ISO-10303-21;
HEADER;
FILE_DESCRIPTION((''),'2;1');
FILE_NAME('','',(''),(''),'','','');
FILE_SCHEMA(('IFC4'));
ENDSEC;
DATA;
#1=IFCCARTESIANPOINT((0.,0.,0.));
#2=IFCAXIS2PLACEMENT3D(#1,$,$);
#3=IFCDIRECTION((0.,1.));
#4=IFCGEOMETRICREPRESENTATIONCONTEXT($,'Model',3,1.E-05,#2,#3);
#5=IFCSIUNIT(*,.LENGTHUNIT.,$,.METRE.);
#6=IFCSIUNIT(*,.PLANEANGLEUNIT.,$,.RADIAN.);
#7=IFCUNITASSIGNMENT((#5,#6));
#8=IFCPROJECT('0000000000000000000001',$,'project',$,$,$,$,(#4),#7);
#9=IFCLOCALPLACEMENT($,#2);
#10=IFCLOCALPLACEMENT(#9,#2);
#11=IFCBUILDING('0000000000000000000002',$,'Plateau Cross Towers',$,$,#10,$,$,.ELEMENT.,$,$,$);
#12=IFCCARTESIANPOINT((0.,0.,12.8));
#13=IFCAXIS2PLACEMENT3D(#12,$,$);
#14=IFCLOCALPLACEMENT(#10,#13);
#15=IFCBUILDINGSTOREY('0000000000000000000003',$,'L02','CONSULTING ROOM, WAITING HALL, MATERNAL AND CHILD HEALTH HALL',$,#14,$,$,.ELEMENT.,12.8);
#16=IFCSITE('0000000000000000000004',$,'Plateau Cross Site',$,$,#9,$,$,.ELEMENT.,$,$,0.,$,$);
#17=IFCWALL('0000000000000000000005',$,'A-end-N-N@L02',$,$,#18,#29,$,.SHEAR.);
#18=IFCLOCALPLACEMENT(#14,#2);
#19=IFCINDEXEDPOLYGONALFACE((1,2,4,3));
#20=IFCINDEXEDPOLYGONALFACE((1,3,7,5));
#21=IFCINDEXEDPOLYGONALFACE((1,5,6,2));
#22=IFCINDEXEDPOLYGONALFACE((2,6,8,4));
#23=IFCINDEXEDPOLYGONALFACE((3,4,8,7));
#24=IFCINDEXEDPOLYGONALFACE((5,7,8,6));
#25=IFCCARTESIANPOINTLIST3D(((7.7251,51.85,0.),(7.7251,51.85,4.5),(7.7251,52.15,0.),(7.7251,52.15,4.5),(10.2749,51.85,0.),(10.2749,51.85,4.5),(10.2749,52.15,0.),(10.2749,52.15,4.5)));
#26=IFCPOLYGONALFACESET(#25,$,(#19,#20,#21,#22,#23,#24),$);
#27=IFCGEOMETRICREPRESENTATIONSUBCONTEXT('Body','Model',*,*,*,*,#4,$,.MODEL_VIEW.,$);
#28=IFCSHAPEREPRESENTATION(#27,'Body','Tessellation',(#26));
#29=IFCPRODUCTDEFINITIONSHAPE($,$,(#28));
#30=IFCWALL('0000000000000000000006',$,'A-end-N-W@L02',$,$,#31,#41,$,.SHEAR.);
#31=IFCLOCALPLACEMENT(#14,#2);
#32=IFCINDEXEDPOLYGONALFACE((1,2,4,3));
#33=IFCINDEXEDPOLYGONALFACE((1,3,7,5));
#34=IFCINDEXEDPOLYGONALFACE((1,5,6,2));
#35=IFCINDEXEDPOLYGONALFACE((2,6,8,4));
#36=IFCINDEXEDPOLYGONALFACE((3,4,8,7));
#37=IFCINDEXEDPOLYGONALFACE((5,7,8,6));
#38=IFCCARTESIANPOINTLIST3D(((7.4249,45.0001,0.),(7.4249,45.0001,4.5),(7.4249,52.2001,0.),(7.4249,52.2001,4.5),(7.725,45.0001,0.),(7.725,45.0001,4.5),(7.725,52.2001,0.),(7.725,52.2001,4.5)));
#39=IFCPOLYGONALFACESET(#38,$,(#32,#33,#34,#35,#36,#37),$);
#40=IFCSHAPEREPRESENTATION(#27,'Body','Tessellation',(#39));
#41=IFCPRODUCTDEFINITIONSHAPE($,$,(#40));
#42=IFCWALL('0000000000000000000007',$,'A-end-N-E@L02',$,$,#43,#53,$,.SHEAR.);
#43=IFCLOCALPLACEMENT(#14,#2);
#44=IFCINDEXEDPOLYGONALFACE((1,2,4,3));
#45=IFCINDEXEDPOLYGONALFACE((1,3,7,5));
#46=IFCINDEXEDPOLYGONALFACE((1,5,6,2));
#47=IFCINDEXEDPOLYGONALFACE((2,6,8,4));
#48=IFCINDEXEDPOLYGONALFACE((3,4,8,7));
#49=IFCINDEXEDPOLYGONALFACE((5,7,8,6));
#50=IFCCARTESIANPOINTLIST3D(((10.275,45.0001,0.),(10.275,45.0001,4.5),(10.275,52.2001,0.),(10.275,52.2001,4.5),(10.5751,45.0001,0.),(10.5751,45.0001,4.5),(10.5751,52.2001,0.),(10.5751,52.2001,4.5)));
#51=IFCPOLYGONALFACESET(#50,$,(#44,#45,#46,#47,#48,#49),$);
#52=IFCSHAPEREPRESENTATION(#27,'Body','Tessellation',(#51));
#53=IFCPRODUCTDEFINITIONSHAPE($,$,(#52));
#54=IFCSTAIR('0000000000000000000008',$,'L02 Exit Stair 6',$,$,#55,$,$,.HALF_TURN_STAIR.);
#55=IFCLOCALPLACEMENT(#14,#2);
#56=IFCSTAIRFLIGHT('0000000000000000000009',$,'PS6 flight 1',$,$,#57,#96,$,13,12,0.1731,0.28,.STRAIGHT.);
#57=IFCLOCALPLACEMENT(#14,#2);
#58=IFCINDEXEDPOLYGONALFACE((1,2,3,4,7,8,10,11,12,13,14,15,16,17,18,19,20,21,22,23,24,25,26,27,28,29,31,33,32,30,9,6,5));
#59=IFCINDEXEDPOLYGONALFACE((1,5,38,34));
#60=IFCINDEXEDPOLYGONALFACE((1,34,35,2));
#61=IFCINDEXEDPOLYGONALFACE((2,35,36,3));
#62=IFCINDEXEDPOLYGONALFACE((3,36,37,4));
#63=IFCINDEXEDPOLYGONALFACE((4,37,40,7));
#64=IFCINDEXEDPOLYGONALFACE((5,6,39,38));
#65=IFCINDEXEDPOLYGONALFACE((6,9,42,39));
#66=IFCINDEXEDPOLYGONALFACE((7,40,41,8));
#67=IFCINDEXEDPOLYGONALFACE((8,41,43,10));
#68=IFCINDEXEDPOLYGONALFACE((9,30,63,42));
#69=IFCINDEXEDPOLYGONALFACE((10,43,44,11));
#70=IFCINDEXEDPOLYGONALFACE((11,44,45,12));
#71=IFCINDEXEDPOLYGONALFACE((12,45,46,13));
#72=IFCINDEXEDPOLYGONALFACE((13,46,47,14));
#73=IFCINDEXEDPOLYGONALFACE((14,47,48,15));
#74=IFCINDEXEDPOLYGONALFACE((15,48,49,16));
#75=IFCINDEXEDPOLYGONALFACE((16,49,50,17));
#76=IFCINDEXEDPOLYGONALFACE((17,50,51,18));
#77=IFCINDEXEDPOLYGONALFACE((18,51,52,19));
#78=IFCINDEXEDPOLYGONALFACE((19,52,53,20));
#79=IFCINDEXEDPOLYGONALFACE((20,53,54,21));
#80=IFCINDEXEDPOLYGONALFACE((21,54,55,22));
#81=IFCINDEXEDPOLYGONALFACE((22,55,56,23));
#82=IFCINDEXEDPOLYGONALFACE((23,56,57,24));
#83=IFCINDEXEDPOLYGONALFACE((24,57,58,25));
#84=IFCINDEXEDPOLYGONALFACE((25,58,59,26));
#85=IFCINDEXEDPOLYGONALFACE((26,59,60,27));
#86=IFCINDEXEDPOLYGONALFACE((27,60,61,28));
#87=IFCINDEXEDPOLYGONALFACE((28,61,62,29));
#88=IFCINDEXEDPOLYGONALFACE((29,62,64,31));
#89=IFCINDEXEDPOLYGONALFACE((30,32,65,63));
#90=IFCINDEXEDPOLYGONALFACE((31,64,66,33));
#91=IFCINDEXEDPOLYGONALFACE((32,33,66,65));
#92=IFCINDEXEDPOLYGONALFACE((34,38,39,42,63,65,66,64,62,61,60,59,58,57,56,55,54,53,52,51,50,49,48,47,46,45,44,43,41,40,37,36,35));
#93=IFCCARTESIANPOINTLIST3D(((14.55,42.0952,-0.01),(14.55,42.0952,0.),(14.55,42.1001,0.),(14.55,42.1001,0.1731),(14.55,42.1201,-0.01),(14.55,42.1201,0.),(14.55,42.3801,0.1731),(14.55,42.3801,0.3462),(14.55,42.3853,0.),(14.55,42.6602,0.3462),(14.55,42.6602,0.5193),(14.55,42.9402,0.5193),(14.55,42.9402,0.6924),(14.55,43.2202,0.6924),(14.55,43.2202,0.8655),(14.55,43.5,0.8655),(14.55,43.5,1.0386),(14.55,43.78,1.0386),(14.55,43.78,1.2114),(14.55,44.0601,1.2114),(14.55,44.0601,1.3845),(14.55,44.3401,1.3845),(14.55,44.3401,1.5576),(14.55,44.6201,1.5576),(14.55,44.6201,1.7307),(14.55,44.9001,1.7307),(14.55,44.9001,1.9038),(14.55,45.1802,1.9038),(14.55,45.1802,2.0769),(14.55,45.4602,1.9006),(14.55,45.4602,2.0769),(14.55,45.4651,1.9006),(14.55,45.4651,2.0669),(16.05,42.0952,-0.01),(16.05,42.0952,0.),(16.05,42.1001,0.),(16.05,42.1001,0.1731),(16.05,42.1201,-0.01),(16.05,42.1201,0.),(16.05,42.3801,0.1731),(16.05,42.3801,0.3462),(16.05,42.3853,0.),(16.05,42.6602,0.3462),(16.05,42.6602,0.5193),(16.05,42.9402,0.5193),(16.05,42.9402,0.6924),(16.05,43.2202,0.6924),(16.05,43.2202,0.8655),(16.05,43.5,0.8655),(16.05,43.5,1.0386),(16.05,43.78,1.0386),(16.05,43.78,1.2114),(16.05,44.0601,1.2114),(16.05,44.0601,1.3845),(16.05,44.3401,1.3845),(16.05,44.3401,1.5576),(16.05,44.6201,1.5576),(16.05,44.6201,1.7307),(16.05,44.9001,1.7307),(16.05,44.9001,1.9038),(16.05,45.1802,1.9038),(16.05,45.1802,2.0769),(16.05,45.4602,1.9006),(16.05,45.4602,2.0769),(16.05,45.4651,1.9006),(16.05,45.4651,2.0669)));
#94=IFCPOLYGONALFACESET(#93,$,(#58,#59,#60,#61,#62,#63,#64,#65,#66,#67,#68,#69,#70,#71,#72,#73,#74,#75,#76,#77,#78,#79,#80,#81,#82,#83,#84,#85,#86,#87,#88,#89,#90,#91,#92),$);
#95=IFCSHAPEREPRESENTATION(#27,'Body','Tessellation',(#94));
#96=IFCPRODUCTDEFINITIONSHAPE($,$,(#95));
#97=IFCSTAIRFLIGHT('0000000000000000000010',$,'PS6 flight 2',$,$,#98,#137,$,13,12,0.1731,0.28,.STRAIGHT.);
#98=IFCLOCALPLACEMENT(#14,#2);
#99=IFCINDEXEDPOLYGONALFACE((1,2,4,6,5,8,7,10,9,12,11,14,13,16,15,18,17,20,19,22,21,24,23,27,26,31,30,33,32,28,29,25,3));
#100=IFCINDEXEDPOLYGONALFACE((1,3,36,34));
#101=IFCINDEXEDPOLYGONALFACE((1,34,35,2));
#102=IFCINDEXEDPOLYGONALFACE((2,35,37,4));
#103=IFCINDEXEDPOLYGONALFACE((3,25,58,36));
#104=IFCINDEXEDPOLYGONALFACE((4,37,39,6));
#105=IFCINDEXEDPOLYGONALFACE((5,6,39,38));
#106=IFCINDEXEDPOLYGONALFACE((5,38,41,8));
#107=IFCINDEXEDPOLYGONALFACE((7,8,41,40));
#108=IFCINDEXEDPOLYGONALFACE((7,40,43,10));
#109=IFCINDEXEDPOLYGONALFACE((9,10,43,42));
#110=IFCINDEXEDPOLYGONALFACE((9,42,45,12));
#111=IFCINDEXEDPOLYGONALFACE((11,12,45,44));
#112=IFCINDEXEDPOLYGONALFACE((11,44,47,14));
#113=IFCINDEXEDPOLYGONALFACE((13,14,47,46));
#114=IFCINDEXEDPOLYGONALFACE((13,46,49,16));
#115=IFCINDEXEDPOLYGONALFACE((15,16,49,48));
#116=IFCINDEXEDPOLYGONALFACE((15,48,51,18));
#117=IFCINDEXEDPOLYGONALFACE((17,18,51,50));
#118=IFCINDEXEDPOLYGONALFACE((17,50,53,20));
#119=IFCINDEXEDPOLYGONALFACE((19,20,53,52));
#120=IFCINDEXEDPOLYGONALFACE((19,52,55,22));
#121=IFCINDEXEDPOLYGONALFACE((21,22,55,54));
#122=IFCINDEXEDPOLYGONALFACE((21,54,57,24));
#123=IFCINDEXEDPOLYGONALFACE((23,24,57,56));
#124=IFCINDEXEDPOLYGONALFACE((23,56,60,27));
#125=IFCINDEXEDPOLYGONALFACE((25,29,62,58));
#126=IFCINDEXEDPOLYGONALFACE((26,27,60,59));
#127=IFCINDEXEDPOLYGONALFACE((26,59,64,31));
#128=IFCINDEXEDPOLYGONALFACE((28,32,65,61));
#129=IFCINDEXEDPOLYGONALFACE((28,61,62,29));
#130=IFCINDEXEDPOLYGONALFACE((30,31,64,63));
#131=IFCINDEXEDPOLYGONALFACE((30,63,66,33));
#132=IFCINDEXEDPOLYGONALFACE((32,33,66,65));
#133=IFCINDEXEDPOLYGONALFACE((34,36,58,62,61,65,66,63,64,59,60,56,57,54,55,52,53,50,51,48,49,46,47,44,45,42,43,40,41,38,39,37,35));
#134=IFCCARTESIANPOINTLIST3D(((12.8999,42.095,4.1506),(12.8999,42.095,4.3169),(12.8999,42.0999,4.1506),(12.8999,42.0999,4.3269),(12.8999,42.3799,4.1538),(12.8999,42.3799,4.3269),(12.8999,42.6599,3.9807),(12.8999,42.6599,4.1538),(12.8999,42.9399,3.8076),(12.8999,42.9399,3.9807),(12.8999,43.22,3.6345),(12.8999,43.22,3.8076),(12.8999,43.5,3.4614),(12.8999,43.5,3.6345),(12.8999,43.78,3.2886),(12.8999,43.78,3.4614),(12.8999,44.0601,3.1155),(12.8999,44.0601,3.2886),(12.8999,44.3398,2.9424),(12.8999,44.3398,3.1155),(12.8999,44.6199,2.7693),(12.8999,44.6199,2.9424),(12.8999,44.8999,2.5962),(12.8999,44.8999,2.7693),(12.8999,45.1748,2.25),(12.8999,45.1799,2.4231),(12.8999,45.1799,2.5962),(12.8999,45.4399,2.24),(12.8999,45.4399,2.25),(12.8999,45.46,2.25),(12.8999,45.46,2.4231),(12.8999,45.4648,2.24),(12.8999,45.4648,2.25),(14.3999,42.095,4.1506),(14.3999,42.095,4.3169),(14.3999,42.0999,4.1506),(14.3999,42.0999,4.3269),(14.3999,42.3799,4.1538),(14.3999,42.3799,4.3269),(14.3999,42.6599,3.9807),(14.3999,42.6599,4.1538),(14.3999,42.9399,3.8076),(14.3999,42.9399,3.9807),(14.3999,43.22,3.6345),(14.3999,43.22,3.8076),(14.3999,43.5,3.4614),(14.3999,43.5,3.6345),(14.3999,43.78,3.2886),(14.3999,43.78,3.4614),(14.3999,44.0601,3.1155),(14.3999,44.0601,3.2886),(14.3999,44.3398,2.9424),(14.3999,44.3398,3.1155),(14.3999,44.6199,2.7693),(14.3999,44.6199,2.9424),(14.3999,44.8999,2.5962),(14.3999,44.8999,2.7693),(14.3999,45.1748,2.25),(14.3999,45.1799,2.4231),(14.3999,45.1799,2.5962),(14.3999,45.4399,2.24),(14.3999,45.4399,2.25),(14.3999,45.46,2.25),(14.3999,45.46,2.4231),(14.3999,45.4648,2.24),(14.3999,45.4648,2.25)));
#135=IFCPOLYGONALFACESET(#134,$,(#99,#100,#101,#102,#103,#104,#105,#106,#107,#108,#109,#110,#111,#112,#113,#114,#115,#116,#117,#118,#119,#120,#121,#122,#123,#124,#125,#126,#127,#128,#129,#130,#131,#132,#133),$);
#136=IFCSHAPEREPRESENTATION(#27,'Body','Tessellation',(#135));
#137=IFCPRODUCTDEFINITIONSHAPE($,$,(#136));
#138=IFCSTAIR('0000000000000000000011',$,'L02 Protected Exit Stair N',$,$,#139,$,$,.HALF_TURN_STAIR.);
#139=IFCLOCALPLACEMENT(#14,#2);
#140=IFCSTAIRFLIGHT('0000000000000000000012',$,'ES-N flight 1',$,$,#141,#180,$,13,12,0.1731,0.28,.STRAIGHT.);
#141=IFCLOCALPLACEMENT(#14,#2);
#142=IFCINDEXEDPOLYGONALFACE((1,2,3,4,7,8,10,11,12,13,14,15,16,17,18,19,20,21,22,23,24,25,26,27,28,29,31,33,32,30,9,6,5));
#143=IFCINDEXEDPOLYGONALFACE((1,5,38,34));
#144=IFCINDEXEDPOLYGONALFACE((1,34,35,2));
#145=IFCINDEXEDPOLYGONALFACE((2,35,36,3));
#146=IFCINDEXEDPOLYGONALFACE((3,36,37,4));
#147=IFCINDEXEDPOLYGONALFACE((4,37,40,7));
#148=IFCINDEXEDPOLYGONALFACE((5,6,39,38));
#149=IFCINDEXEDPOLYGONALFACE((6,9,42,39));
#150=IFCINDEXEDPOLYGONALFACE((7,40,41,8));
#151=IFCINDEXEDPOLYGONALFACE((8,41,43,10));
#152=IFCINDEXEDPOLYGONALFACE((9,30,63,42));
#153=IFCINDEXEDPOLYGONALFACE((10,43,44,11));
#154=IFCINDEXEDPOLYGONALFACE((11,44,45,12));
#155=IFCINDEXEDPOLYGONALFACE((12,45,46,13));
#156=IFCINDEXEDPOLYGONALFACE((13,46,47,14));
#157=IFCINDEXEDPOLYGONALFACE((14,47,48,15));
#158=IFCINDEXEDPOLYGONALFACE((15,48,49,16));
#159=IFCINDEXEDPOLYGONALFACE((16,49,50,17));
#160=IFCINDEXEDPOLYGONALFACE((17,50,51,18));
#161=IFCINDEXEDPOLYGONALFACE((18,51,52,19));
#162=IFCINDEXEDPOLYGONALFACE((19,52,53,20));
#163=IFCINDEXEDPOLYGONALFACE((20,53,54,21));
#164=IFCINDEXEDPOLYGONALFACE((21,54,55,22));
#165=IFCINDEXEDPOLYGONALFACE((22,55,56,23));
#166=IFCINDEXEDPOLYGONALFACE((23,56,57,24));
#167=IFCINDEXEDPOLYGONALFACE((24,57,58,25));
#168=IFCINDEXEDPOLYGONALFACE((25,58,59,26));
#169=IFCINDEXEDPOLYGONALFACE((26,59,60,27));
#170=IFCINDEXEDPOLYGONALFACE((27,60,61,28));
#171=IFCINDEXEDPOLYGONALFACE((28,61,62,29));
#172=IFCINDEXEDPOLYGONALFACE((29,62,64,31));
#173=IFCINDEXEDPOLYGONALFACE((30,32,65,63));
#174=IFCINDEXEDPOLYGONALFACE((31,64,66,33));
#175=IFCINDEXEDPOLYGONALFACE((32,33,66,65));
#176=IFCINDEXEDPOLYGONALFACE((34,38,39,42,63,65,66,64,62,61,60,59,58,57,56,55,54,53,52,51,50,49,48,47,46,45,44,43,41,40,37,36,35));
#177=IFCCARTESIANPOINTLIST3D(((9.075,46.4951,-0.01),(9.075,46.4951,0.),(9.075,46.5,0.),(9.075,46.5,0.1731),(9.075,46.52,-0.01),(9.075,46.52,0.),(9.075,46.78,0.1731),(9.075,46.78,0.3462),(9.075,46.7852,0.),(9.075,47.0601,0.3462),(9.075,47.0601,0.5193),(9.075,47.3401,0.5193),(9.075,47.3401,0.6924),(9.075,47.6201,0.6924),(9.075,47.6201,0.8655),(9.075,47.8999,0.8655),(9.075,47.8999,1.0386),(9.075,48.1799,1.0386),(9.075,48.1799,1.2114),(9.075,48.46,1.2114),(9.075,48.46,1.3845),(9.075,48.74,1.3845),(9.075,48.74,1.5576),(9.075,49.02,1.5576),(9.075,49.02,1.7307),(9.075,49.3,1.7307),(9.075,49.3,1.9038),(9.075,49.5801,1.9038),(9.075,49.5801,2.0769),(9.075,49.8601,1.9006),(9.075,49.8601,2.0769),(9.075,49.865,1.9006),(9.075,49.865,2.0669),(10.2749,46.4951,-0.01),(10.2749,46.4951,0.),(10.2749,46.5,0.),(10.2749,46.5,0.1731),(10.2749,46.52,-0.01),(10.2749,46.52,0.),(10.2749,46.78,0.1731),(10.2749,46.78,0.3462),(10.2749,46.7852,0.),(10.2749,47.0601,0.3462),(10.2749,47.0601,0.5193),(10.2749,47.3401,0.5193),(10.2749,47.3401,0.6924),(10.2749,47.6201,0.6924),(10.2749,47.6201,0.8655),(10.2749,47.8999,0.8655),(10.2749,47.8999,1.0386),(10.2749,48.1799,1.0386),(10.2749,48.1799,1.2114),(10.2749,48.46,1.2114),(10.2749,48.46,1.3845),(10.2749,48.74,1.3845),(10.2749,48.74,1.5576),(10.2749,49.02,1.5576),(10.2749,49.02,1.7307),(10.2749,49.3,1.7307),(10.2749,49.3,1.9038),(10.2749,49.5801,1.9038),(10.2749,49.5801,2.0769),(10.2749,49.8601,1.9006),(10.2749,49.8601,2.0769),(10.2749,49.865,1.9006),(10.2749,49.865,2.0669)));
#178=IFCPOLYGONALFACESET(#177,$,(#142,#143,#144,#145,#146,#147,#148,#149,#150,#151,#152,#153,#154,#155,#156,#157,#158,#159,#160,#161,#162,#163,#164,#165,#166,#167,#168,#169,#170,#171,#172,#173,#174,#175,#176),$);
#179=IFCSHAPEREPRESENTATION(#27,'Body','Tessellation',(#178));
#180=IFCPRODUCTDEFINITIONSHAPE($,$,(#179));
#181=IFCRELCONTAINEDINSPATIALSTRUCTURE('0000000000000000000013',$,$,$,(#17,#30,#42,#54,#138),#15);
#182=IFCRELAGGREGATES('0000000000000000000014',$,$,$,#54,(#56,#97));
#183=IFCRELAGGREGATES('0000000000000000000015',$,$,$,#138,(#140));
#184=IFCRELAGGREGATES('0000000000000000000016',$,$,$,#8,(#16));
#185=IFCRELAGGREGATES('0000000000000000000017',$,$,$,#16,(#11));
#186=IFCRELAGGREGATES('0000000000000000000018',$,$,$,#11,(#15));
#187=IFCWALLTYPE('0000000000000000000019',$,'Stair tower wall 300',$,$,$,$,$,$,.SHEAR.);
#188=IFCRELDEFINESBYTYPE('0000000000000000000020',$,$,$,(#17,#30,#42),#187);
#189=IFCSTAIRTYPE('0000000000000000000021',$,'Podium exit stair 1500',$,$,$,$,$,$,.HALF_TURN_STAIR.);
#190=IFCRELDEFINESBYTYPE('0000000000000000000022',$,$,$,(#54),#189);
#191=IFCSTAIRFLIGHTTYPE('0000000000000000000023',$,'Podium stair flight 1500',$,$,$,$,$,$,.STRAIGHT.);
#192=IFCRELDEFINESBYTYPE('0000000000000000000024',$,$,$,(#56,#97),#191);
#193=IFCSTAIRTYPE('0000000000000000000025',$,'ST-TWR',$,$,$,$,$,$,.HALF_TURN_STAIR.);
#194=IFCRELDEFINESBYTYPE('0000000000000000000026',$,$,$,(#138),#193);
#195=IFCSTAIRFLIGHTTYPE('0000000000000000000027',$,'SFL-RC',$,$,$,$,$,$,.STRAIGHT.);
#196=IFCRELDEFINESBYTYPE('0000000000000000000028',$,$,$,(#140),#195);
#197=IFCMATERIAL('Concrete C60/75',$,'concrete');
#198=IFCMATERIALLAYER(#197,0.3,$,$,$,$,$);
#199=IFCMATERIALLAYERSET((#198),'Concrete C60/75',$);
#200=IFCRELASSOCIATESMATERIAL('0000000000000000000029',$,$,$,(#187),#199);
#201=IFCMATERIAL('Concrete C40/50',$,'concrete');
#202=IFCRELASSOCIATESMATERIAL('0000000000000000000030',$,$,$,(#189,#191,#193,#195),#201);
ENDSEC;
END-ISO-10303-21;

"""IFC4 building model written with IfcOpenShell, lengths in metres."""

from ifc_helpers import new_model, si_unit, direction, frame, frame_2d, origin, place, context, subcontext, project, spatial, polyline, rectangle, outline, extrude, material, layer, layer_set, type_object, element, aggregate, save


model = new_model("IFC4")

# Units and contexts
model_context = context("Model", 3, precision=1e-05, world=origin(), true_north=direction((0.0, 1.0)))
body_context = subcontext(model_context, "Body", "Model", "MODEL_VIEW")
ifc_project = project(units=[si_unit("LENGTHUNIT", "METRE"), si_unit("PLANEANGLEUNIT", "RADIAN")], contexts=[model_context])

# Site, building, storey
site_placement = place(None, origin())
site = spatial("IfcSite", under=ifc_project, at=site_placement, Name="Plateau Cross Site", CompositionType="ELEMENT", RefElevation=0.0)
building_placement = place(site_placement, origin())
building = spatial("IfcBuilding", under=site, at=building_placement, Name="Plateau Cross Towers", CompositionType="ELEMENT")
storey_placement = place(building_placement, frame((0.0, 0.0, 12.8)))
storey = spatial("IfcBuildingStorey", under=building, at=storey_placement, Name="L02", Description="CONSULTING ROOM, WAITING HALL, MATERNAL AND CHILD HEALTH HALL", CompositionType="ELEMENT", Elevation=12.8)

# Shared definitions
ifc_material_1 = material(Name="Concrete C60/75", Category="concrete")

# Walls
ifc_layer_1 = layer(ifc_material_1, 0.3)
ifc_layer_set_1 = layer_set([ifc_layer_1], Name="Concrete C60/75")
wall_type_1 = type_object("IfcWallType", Name="Stair tower wall 300", PredefinedType="SHEAR", material=ifc_layer_set_1)
for number, where, z_axis, x_axis, name in (
    (1, (7.7251, 52.0, 0.0), (0.0, 0.0, 1.0), (1.0, 0.0, 0.0), "A-end-N-N@L02"),
):
    element("IfcWall", number, at=place(storey_placement, frame(where, z_axis=z_axis, x_axis=x_axis)), inside=storey, type_object=wall_type_1, Name=name, PredefinedType="SHEAR", context=body_context, shape_type="SweptSolid", body=[
        extrude(rectangle(XDim=2.5498, YDim=0.3, at=frame_2d((1.2749, 0.0))), origin(), (0.0, 0.0, 1.0), 4.5),
    ])
for number, where, z_axis, x_axis, name in (
    (2, (7.575, 45.0, 0.0), (0.0, 0.0, 1.0), (0.0, 1.0, 0.0), "A-end-N-W@L02"),
    (3, (10.425, 45.0, 0.0), (0.0, 0.0, 1.0), (0.0, 1.0, 0.0), "A-end-N-E@L02"),
):
    element("IfcWall", number, at=place(storey_placement, frame(where, z_axis=z_axis, x_axis=x_axis)), inside=storey, type_object=wall_type_1, Name=name, PredefinedType="SHEAR", context=body_context, shape_type="SweptSolid", body=[
        extrude(rectangle(XDim=7.2, YDim=0.3, at=frame_2d((3.6001, 0.0))), origin(), (0.0, 0.0, 1.0), 4.5),
    ])

# Stairs, stair flights
ifc_material_2 = material(Name="Concrete C40/50", Category="concrete")
stair_type_1 = type_object("IfcStairType", Name="Podium exit stair 1500", PredefinedType="HALF_TURN_STAIR", material=ifc_material_2)
stair_1_placement = place(storey_placement, origin())
stair_1 = element("IfcStair", 4, at=stair_1_placement, inside=storey, type_object=stair_type_1, Name="L02 Exit Stair 6", PredefinedType="HALF_TURN_STAIR")
stair_flight_type_1 = type_object("IfcStairFlightType", Name="Podium stair flight 1500", PredefinedType="STRAIGHT", material=ifc_material_2)
stair_flight_1_placement = place(storey_placement, frame((15.3, 42.1001, 0.0), z_axis=(0.0, 0.0, 1.0), x_axis=(0.0, 1.0, 0.0)))
stair_flight_1 = element("IfcStairFlight", 5, at=stair_flight_1_placement, type_object=stair_flight_type_1, Name="PS6 flight 1", NumberOfRisers=13, NumberOfTreads=12, PredefinedType="STRAIGHT", RiserHeight=0.1731, TreadLength=0.28, context=body_context, shape_type="SweptSolid", body=[
    extrude(outline(polyline([(-0.0049, -0.01), (-0.0049, 0.0), (0.0, 0.0), (0.0, 0.1731), (0.28, 0.1731), (0.28, 0.3462), (0.5601, 0.3462), (0.5601, 0.5193), (0.8401, 0.5193), (0.8401, 0.6924), (1.1201, 0.6924), (1.1201, 0.8655), (1.3999, 0.8655), (1.3999, 1.0386), (1.6799, 1.0386), (1.6799, 1.2114), (1.96, 1.2114), (1.96, 1.3845), (2.24, 1.3845), (2.24, 1.5576), (2.52, 1.5576), (2.52, 1.7307), (2.8, 1.7307), (2.8, 1.9038), (3.0801, 1.9038), (3.0801, 2.0769), (3.3601, 2.0769), (3.365, 2.0669), (3.365, 1.9006), (3.3601, 1.9006), (0.2852, 0.0), (0.02, 0.0), (0.02, -0.01), (-0.0049, -0.01)])), frame((0.0, 0.75, 0.0), z_axis=(0.0, -1.0, 0.0), x_axis=(1.0, 0.0, 0.0)), (0.0, 0.0, 1.0), 1.5),
])
stair_flight_2_placement = place(storey_placement, frame((13.6499, 45.46, 2.25), z_axis=(0.0, 0.0, 1.0), x_axis=(0.0, -1.0, 0.0)))
stair_flight_2 = element("IfcStairFlight", 6, at=stair_flight_2_placement, type_object=stair_flight_type_1, Name="PS6 flight 2", NumberOfRisers=13, NumberOfTreads=12, PredefinedType="STRAIGHT", RiserHeight=0.1731, TreadLength=0.28, context=body_context, shape_type="SweptSolid", body=[
    extrude(outline(polyline([(-0.0049, -0.01), (-0.0049, 0.0), (0.0, 0.0), (0.0, 0.1731), (0.28, 0.1731), (0.28, 0.3462), (0.5601, 0.3462), (0.5601, 0.5193), (0.8401, 0.5193), (0.8401, 0.6924), (1.1201, 0.6924), (1.1201, 0.8655), (1.3999, 0.8655), (1.3999, 1.0386), (1.6799, 1.0386), (1.6799, 1.2114), (1.96, 1.2114), (1.96, 1.3845), (2.24, 1.3845), (2.24, 1.5576), (2.52, 1.5576), (2.52, 1.7307), (2.8, 1.7307), (2.8, 1.9038), (3.0801, 1.9038), (3.0801, 2.0769), (3.3601, 2.0769), (3.365, 2.0669), (3.365, 1.9006), (3.3601, 1.9006), (0.2852, 0.0), (0.02, 0.0), (0.02, -0.01), (-0.0049, -0.01)])), frame((0.0, 0.75, 0.0), z_axis=(0.0, -1.0, 0.0), x_axis=(1.0, 0.0, 0.0)), (0.0, 0.0, 1.0), 1.5),
])
aggregate(stair_1, [stair_flight_1, stair_flight_2])
stair_type_2 = type_object("IfcStairType", Name="ST-TWR", PredefinedType="HALF_TURN_STAIR", material=ifc_material_2)
stair_2_placement = place(storey_placement, origin())
stair_2 = element("IfcStair", 7, at=stair_2_placement, inside=storey, type_object=stair_type_2, Name="L02 Protected Exit Stair N", PredefinedType="HALF_TURN_STAIR")
stair_flight_type_2 = type_object("IfcStairFlightType", Name="SFL-RC", PredefinedType="STRAIGHT", material=ifc_material_2)
stair_flight_3_placement = place(storey_placement, frame((9.675, 46.5, 0.0), z_axis=(0.0, 0.0, 1.0), x_axis=(0.0, 1.0, 0.0)))
stair_flight_3 = element("IfcStairFlight", 8, at=stair_flight_3_placement, type_object=stair_flight_type_2, Name="ES-N flight 1", NumberOfRisers=13, NumberOfTreads=12, PredefinedType="STRAIGHT", RiserHeight=0.1731, TreadLength=0.28, context=body_context, shape_type="SweptSolid", body=[
    extrude(outline(polyline([(-0.0049, -0.01), (-0.0049, 0.0), (0.0, 0.0), (0.0, 0.1731), (0.28, 0.1731), (0.28, 0.3462), (0.5601, 0.3462), (0.5601, 0.5193), (0.8401, 0.5193), (0.8401, 0.6924), (1.1201, 0.6924), (1.1201, 0.8655), (1.3999, 0.8655), (1.3999, 1.0386), (1.6799, 1.0386), (1.6799, 1.2114), (1.96, 1.2114), (1.96, 1.3845), (2.24, 1.3845), (2.24, 1.5576), (2.52, 1.5576), (2.52, 1.7307), (2.8, 1.7307), (2.8, 1.9038), (3.0801, 1.9038), (3.0801, 2.0769), (3.3601, 2.0769), (3.365, 2.0669), (3.365, 1.9006), (3.3601, 1.9006), (0.2852, 0.0), (0.02, 0.0), (0.02, -0.01), (-0.0049, -0.01)])), frame((0.0, 0.6001, 0.0), z_axis=(0.0, -1.0, 0.0), x_axis=(1.0, 0.0, 0.0)), (0.0, 0.0, 1.0), 1.2),
])
aggregate(stair_2, [stair_flight_3])

save(model, "model.ifc")
